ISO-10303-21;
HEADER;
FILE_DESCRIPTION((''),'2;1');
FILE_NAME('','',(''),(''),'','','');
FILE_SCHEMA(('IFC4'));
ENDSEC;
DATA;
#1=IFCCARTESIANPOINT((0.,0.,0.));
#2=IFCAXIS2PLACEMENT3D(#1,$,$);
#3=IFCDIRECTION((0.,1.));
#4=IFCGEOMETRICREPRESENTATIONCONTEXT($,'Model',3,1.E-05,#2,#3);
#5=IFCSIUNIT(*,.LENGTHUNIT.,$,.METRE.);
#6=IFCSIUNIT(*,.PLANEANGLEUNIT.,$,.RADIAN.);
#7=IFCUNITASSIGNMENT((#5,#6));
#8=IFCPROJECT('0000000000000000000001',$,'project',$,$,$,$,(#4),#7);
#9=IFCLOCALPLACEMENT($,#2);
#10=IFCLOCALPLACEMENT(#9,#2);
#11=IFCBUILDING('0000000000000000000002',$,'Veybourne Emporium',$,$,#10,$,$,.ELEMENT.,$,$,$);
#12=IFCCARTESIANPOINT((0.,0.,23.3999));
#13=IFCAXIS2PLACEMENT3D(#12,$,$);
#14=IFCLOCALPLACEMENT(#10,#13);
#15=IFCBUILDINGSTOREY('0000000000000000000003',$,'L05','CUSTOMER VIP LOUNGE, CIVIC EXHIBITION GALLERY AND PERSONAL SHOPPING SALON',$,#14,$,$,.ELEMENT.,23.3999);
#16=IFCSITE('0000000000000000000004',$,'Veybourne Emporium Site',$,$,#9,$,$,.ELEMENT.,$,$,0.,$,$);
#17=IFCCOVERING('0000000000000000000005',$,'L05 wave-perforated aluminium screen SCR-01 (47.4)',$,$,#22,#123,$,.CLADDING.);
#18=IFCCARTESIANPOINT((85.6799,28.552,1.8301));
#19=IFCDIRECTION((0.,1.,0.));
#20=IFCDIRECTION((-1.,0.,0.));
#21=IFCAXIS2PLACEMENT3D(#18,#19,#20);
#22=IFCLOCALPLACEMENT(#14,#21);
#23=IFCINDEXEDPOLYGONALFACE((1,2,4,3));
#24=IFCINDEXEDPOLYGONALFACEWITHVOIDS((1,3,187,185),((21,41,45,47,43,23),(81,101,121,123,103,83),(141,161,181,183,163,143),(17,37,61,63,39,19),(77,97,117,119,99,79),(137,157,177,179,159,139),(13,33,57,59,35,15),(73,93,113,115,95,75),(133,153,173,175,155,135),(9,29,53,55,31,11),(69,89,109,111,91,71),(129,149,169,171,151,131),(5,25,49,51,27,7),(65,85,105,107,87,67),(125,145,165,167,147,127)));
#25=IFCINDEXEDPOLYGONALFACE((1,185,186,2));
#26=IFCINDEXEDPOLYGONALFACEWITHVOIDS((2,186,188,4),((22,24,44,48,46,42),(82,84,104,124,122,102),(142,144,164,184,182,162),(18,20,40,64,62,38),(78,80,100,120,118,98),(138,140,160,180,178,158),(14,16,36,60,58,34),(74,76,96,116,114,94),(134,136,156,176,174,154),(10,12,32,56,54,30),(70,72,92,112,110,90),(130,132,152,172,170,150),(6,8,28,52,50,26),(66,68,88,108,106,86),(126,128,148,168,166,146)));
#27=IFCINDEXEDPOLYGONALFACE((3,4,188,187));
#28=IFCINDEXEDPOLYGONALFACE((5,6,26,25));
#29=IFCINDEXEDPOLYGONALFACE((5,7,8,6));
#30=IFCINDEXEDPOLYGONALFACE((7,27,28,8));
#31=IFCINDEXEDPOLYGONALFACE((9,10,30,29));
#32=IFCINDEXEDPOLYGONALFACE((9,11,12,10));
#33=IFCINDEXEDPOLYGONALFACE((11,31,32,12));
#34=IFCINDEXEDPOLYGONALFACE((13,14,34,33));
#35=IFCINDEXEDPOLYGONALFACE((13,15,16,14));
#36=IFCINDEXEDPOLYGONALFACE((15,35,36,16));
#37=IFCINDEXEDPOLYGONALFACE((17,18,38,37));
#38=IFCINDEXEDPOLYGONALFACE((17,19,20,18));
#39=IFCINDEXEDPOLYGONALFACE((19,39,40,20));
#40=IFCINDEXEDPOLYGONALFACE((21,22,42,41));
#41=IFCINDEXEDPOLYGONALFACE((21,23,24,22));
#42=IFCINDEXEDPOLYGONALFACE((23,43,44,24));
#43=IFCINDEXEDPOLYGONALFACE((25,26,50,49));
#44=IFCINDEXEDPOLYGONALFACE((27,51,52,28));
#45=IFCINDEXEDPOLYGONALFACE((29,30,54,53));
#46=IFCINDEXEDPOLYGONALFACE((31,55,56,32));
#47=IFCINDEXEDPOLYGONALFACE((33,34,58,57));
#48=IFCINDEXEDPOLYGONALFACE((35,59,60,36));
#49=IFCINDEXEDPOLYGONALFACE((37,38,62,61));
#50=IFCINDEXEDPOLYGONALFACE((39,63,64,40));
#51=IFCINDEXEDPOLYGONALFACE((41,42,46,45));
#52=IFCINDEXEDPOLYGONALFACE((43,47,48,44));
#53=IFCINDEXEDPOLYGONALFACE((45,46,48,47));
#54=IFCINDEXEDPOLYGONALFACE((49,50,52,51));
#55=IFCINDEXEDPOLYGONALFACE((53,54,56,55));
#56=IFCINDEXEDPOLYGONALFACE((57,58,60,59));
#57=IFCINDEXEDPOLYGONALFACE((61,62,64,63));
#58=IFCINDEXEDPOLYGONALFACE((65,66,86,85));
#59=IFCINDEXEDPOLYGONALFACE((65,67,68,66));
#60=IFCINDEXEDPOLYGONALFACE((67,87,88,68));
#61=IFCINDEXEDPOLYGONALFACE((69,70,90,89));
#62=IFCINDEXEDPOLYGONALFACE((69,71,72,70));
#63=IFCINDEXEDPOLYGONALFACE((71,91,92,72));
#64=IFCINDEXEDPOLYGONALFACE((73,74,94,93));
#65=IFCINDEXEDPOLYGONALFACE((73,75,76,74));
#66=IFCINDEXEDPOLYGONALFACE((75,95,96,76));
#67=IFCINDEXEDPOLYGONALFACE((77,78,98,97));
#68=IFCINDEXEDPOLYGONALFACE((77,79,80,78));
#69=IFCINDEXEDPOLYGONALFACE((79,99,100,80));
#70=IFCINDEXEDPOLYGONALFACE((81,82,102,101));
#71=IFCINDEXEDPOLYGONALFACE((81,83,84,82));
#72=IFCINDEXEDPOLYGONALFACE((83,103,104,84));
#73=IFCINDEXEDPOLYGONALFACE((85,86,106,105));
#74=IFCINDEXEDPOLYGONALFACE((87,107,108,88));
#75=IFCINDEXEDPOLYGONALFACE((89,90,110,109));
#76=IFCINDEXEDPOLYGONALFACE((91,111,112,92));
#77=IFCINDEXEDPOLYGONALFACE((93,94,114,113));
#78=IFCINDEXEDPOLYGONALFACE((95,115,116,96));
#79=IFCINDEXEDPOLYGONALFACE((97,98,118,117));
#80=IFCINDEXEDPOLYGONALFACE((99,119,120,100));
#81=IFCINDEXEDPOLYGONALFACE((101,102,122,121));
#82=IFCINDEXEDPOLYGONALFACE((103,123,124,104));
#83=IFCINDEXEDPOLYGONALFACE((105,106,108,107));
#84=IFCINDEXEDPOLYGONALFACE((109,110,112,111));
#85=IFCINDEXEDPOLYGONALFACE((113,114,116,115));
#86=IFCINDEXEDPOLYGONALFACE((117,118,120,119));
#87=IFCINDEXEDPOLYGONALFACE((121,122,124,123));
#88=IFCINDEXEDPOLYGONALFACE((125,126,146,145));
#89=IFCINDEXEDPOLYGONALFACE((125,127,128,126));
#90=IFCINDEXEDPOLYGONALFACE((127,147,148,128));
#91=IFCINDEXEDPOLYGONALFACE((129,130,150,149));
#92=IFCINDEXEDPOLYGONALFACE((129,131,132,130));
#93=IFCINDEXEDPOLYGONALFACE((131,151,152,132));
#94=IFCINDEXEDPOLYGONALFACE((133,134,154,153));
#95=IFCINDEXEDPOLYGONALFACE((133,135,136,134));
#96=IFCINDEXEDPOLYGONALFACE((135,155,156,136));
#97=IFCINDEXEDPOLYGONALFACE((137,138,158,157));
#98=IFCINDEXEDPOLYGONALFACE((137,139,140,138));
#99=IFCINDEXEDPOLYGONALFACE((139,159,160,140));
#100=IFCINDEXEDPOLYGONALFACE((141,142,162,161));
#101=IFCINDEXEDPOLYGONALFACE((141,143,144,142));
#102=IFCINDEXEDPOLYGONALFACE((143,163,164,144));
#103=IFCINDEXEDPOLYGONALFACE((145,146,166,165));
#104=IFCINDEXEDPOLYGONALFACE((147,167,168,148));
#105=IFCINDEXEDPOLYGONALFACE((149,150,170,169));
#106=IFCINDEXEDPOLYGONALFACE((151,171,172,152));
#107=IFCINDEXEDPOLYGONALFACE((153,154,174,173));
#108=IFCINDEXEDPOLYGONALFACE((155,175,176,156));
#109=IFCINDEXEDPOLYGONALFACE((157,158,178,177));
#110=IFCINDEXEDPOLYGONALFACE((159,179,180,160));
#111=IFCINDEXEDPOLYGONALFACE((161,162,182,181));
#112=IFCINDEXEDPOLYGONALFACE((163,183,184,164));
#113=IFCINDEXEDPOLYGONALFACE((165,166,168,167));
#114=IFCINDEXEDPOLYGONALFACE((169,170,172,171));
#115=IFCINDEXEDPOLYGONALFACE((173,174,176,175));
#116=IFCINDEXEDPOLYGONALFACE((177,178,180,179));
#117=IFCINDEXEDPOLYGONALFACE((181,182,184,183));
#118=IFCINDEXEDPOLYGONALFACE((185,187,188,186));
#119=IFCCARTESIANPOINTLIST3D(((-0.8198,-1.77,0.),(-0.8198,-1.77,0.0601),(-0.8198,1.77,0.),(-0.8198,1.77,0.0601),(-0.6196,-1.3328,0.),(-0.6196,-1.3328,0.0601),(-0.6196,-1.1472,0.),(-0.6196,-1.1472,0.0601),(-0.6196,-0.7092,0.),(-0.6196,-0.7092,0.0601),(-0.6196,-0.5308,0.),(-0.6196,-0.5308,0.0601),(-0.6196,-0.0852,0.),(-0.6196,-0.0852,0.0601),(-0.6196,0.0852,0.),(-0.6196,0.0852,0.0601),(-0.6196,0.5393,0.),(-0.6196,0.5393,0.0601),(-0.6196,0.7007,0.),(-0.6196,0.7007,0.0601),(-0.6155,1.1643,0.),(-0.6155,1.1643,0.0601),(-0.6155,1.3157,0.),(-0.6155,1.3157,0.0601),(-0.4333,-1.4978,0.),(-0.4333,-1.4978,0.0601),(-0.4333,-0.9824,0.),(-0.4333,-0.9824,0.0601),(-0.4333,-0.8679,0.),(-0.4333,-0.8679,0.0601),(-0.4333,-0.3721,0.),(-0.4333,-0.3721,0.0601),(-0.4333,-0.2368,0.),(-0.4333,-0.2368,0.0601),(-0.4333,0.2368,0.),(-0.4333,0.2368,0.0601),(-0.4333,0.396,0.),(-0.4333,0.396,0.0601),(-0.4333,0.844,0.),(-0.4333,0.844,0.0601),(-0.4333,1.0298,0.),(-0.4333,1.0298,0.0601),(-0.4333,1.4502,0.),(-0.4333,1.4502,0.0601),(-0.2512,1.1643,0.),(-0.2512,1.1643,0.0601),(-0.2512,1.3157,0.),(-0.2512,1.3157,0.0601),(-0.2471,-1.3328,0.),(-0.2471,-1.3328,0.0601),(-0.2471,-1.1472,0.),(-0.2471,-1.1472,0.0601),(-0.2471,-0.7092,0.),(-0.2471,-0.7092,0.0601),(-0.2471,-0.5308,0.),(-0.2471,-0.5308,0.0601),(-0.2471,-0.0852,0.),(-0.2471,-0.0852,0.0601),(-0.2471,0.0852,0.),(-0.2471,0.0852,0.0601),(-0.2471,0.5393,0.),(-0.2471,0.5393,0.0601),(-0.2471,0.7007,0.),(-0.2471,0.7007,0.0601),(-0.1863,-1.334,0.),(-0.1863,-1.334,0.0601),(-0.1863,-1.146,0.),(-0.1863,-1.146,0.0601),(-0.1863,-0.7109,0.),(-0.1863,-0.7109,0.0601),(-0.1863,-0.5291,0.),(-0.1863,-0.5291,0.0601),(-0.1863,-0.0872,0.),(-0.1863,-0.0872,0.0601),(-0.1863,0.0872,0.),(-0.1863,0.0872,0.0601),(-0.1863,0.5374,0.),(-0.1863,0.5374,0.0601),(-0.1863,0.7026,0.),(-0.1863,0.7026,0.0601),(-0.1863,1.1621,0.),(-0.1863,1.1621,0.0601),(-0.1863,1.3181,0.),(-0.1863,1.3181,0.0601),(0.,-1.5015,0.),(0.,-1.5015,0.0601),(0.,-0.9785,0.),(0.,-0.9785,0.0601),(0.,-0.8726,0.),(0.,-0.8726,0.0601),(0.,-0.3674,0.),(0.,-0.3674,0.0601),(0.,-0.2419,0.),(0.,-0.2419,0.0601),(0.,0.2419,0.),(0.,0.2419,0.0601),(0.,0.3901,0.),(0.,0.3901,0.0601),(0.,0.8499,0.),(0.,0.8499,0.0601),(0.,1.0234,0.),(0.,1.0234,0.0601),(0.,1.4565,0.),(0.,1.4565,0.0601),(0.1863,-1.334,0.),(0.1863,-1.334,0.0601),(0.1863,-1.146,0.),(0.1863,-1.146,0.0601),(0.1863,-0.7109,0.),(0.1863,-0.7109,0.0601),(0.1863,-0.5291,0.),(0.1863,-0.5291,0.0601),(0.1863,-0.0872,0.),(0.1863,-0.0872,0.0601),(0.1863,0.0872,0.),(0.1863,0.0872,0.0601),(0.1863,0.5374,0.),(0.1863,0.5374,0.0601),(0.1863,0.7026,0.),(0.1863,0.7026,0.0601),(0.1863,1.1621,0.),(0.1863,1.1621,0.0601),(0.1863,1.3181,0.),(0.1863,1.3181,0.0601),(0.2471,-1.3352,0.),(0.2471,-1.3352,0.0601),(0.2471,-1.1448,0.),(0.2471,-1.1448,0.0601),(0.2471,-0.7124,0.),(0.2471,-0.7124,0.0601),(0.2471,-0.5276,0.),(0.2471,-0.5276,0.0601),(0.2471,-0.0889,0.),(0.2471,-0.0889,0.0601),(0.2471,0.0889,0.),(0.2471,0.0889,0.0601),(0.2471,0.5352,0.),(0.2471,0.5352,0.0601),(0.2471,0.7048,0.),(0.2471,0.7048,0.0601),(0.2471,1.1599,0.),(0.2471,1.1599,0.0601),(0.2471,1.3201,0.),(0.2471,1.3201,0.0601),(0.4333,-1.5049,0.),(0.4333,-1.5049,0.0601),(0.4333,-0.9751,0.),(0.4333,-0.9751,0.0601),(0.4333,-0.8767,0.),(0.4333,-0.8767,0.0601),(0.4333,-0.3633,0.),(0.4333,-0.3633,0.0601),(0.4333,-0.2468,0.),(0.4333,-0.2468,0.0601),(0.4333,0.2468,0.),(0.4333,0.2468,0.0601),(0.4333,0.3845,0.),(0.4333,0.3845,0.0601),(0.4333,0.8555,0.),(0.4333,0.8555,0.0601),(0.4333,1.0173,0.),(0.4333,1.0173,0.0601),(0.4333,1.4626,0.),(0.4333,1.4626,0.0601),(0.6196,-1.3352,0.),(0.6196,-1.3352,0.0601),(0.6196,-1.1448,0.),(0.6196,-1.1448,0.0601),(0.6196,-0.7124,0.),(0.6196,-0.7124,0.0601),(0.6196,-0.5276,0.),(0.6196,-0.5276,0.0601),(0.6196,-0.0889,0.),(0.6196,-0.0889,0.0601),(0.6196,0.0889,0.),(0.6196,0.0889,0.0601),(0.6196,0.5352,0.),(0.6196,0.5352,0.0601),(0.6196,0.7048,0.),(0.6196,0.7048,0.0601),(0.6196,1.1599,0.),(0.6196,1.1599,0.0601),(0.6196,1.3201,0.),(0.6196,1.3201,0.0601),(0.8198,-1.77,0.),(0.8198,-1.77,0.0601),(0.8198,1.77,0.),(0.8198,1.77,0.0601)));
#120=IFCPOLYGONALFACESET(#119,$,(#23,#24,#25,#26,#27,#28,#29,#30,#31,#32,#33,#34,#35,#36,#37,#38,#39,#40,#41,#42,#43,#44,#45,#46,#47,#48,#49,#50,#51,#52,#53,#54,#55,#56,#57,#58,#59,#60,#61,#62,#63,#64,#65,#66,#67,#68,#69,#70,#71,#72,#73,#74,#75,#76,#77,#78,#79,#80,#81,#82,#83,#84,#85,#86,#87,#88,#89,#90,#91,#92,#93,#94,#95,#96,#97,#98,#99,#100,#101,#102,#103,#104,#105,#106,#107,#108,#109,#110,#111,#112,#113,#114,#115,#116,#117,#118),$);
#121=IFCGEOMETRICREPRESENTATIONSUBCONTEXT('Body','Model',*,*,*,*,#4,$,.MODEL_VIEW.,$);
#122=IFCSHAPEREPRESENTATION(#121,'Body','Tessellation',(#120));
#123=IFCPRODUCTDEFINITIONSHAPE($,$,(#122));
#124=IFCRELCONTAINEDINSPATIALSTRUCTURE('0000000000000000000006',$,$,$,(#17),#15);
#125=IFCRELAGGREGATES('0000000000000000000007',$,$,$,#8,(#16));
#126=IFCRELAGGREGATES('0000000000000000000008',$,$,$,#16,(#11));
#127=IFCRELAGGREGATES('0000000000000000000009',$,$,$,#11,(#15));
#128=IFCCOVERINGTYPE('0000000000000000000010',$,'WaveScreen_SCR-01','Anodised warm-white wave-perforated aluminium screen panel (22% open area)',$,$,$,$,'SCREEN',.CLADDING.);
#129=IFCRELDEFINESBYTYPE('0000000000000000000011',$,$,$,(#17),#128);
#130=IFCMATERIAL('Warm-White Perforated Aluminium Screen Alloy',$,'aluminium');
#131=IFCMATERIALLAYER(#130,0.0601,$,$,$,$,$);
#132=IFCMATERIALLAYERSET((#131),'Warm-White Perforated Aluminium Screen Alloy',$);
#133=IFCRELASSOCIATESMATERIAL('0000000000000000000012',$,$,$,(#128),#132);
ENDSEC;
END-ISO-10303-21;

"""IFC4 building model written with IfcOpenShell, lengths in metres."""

from ifc_helpers import new_model, si_unit, direction, frame, origin, place, context, subcontext, project, spatial, polyline, outline, extrude, material, layer, layer_set, type_object, element, save


model = new_model("IFC4")

# Units and contexts
model_context = context("Model", 3, precision=1e-05, world=origin(), true_north=direction((0.0, 1.0)))
body_context = subcontext(model_context, "Body", "Model", "MODEL_VIEW")
ifc_project = project(units=[si_unit("LENGTHUNIT", "METRE"), si_unit("PLANEANGLEUNIT", "RADIAN")], contexts=[model_context])

# Site, building, storey
site_placement = place(None, origin())
site = spatial("IfcSite", under=ifc_project, at=site_placement, Name="Veybourne Emporium Site", CompositionType="ELEMENT", RefElevation=0.0)
building_placement = place(site_placement, origin())
building = spatial("IfcBuilding", under=site, at=building_placement, Name="Veybourne Emporium", CompositionType="ELEMENT")
storey_placement = place(building_placement, frame((0.0, 0.0, 23.3999)))
storey = spatial("IfcBuildingStorey", under=building, at=storey_placement, Name="L05", Description="CUSTOMER VIP LOUNGE, CIVIC EXHIBITION GALLERY AND PERSONAL SHOPPING SALON", CompositionType="ELEMENT", Elevation=23.3999)

# Covering
ifc_material_1 = material(Name="Warm-White Perforated Aluminium Screen Alloy", Category="aluminium")
ifc_layer_1 = layer(ifc_material_1, 0.0601)
ifc_layer_set_1 = layer_set([ifc_layer_1], Name="Warm-White Perforated Aluminium Screen Alloy")
covering_type_1 = type_object("IfcCoveringType", Name="WaveScreen_SCR-01", Description="Anodised warm-white wave-perforated aluminium screen panel (22% open area)", ElementType="SCREEN", PredefinedType="CLADDING", material=ifc_layer_set_1)
covering_1_placement = place(storey_placement, frame((85.6799, 28.552, 1.8301), z_axis=(0.0, 1.0, 0.0), x_axis=(-1.0, 0.0, 0.0)))
element("IfcCovering", 1, at=covering_1_placement, inside=storey, type_object=covering_type_1, Name="L05 wave-perforated aluminium screen SCR-01 (47.4)", PredefinedType="CLADDING", context=body_context, shape_type="SweptSolid", body=[
    extrude(outline(polyline([(-0.8198, -1.77), (0.8198, -1.77), (0.8198, 1.77), (-0.8198, 1.77), (-0.8198, -1.77)]), holes=[polyline([(-0.4333, -0.9824), (-0.2471, -1.1472), (-0.2471, -1.3328), (-0.4333, -1.4978), (-0.6196, -1.3328), (-0.6196, -1.1472), (-0.4333, -0.9824)]), polyline([(-0.4333, -0.3721), (-0.2471, -0.5308), (-0.2471, -0.7092), (-0.4333, -0.8679), (-0.6196, -0.7092), (-0.6196, -0.5308), (-0.4333, -0.3721)]), polyline([(-0.4333, 0.2368), (-0.2471, 0.0852), (-0.2471, -0.0852), (-0.4333, -0.2368), (-0.6196, -0.0852), (-0.6196, 0.0852), (-0.4333, 0.2368)]), polyline([(-0.4333, 0.844), (-0.2471, 0.7007), (-0.2471, 0.5393), (-0.4333, 0.396), (-0.6196, 0.5393), (-0.6196, 0.7007), (-0.4333, 0.844)]), polyline([(-0.4333, 1.4502), (-0.2512, 1.3157), (-0.2512, 1.1643), (-0.4333, 1.0298), (-0.6155, 1.1643), (-0.6155, 1.3157), (-0.4333, 1.4502)]), polyline([(0.0, -0.9785), (0.1863, -1.146), (0.1863, -1.334), (0.0, -1.5015), (-0.1863, -1.334), (-0.1863, -1.146), (0.0, -0.9785)]), polyline([(0.0, -0.3674), (0.1863, -0.5291), (0.1863, -0.7109), (0.0, -0.8726), (-0.1863, -0.7109), (-0.1863, -0.5291), (0.0, -0.3674)]), polyline([(0.0, 0.2419), (0.1863, 0.0872), (0.1863, -0.0872), (0.0, -0.2419), (-0.1863, -0.0872), (-0.1863, 0.0872), (0.0, 0.2419)]), polyline([(0.0, 0.8499), (0.1863, 0.7026), (0.1863, 0.5374), (0.0, 0.3901), (-0.1863, 0.5374), (-0.1863, 0.7026), (0.0, 0.8499)]), polyline([(0.0, 1.4565), (0.1863, 1.3181), (0.1863, 1.1621), (0.0, 1.0234), (-0.1863, 1.1621), (-0.1863, 1.3181), (0.0, 1.4565)]), polyline([(0.4333, -0.9751), (0.6196, -1.1448), (0.6196, -1.3352), (0.4333, -1.5049), (0.2471, -1.3352), (0.2471, -1.1448), (0.4333, -0.9751)]), polyline([(0.4333, -0.3633), (0.6196, -0.5276), (0.6196, -0.7124), (0.4333, -0.8767), (0.2471, -0.7124), (0.2471, -0.5276), (0.4333, -0.3633)]), polyline([(0.4333, 0.2468), (0.6196, 0.0889), (0.6196, -0.0889), (0.4333, -0.2468), (0.2471, -0.0889), (0.2471, 0.0889), (0.4333, 0.2468)]), polyline([(0.4333, 0.8555), (0.6196, 0.7048), (0.6196, 0.5352), (0.4333, 0.3845), (0.2471, 0.5352), (0.2471, 0.7048), (0.4333, 0.8555)]), polyline([(0.4333, 1.4626), (0.6196, 1.3201), (0.6196, 1.1599), (0.4333, 1.0173), (0.2471, 1.1599), (0.2471, 1.3201), (0.4333, 1.4626)])]), origin(), (0.0, 0.0, 1.0), 0.0601),
])

save(model, "model.ifc")
